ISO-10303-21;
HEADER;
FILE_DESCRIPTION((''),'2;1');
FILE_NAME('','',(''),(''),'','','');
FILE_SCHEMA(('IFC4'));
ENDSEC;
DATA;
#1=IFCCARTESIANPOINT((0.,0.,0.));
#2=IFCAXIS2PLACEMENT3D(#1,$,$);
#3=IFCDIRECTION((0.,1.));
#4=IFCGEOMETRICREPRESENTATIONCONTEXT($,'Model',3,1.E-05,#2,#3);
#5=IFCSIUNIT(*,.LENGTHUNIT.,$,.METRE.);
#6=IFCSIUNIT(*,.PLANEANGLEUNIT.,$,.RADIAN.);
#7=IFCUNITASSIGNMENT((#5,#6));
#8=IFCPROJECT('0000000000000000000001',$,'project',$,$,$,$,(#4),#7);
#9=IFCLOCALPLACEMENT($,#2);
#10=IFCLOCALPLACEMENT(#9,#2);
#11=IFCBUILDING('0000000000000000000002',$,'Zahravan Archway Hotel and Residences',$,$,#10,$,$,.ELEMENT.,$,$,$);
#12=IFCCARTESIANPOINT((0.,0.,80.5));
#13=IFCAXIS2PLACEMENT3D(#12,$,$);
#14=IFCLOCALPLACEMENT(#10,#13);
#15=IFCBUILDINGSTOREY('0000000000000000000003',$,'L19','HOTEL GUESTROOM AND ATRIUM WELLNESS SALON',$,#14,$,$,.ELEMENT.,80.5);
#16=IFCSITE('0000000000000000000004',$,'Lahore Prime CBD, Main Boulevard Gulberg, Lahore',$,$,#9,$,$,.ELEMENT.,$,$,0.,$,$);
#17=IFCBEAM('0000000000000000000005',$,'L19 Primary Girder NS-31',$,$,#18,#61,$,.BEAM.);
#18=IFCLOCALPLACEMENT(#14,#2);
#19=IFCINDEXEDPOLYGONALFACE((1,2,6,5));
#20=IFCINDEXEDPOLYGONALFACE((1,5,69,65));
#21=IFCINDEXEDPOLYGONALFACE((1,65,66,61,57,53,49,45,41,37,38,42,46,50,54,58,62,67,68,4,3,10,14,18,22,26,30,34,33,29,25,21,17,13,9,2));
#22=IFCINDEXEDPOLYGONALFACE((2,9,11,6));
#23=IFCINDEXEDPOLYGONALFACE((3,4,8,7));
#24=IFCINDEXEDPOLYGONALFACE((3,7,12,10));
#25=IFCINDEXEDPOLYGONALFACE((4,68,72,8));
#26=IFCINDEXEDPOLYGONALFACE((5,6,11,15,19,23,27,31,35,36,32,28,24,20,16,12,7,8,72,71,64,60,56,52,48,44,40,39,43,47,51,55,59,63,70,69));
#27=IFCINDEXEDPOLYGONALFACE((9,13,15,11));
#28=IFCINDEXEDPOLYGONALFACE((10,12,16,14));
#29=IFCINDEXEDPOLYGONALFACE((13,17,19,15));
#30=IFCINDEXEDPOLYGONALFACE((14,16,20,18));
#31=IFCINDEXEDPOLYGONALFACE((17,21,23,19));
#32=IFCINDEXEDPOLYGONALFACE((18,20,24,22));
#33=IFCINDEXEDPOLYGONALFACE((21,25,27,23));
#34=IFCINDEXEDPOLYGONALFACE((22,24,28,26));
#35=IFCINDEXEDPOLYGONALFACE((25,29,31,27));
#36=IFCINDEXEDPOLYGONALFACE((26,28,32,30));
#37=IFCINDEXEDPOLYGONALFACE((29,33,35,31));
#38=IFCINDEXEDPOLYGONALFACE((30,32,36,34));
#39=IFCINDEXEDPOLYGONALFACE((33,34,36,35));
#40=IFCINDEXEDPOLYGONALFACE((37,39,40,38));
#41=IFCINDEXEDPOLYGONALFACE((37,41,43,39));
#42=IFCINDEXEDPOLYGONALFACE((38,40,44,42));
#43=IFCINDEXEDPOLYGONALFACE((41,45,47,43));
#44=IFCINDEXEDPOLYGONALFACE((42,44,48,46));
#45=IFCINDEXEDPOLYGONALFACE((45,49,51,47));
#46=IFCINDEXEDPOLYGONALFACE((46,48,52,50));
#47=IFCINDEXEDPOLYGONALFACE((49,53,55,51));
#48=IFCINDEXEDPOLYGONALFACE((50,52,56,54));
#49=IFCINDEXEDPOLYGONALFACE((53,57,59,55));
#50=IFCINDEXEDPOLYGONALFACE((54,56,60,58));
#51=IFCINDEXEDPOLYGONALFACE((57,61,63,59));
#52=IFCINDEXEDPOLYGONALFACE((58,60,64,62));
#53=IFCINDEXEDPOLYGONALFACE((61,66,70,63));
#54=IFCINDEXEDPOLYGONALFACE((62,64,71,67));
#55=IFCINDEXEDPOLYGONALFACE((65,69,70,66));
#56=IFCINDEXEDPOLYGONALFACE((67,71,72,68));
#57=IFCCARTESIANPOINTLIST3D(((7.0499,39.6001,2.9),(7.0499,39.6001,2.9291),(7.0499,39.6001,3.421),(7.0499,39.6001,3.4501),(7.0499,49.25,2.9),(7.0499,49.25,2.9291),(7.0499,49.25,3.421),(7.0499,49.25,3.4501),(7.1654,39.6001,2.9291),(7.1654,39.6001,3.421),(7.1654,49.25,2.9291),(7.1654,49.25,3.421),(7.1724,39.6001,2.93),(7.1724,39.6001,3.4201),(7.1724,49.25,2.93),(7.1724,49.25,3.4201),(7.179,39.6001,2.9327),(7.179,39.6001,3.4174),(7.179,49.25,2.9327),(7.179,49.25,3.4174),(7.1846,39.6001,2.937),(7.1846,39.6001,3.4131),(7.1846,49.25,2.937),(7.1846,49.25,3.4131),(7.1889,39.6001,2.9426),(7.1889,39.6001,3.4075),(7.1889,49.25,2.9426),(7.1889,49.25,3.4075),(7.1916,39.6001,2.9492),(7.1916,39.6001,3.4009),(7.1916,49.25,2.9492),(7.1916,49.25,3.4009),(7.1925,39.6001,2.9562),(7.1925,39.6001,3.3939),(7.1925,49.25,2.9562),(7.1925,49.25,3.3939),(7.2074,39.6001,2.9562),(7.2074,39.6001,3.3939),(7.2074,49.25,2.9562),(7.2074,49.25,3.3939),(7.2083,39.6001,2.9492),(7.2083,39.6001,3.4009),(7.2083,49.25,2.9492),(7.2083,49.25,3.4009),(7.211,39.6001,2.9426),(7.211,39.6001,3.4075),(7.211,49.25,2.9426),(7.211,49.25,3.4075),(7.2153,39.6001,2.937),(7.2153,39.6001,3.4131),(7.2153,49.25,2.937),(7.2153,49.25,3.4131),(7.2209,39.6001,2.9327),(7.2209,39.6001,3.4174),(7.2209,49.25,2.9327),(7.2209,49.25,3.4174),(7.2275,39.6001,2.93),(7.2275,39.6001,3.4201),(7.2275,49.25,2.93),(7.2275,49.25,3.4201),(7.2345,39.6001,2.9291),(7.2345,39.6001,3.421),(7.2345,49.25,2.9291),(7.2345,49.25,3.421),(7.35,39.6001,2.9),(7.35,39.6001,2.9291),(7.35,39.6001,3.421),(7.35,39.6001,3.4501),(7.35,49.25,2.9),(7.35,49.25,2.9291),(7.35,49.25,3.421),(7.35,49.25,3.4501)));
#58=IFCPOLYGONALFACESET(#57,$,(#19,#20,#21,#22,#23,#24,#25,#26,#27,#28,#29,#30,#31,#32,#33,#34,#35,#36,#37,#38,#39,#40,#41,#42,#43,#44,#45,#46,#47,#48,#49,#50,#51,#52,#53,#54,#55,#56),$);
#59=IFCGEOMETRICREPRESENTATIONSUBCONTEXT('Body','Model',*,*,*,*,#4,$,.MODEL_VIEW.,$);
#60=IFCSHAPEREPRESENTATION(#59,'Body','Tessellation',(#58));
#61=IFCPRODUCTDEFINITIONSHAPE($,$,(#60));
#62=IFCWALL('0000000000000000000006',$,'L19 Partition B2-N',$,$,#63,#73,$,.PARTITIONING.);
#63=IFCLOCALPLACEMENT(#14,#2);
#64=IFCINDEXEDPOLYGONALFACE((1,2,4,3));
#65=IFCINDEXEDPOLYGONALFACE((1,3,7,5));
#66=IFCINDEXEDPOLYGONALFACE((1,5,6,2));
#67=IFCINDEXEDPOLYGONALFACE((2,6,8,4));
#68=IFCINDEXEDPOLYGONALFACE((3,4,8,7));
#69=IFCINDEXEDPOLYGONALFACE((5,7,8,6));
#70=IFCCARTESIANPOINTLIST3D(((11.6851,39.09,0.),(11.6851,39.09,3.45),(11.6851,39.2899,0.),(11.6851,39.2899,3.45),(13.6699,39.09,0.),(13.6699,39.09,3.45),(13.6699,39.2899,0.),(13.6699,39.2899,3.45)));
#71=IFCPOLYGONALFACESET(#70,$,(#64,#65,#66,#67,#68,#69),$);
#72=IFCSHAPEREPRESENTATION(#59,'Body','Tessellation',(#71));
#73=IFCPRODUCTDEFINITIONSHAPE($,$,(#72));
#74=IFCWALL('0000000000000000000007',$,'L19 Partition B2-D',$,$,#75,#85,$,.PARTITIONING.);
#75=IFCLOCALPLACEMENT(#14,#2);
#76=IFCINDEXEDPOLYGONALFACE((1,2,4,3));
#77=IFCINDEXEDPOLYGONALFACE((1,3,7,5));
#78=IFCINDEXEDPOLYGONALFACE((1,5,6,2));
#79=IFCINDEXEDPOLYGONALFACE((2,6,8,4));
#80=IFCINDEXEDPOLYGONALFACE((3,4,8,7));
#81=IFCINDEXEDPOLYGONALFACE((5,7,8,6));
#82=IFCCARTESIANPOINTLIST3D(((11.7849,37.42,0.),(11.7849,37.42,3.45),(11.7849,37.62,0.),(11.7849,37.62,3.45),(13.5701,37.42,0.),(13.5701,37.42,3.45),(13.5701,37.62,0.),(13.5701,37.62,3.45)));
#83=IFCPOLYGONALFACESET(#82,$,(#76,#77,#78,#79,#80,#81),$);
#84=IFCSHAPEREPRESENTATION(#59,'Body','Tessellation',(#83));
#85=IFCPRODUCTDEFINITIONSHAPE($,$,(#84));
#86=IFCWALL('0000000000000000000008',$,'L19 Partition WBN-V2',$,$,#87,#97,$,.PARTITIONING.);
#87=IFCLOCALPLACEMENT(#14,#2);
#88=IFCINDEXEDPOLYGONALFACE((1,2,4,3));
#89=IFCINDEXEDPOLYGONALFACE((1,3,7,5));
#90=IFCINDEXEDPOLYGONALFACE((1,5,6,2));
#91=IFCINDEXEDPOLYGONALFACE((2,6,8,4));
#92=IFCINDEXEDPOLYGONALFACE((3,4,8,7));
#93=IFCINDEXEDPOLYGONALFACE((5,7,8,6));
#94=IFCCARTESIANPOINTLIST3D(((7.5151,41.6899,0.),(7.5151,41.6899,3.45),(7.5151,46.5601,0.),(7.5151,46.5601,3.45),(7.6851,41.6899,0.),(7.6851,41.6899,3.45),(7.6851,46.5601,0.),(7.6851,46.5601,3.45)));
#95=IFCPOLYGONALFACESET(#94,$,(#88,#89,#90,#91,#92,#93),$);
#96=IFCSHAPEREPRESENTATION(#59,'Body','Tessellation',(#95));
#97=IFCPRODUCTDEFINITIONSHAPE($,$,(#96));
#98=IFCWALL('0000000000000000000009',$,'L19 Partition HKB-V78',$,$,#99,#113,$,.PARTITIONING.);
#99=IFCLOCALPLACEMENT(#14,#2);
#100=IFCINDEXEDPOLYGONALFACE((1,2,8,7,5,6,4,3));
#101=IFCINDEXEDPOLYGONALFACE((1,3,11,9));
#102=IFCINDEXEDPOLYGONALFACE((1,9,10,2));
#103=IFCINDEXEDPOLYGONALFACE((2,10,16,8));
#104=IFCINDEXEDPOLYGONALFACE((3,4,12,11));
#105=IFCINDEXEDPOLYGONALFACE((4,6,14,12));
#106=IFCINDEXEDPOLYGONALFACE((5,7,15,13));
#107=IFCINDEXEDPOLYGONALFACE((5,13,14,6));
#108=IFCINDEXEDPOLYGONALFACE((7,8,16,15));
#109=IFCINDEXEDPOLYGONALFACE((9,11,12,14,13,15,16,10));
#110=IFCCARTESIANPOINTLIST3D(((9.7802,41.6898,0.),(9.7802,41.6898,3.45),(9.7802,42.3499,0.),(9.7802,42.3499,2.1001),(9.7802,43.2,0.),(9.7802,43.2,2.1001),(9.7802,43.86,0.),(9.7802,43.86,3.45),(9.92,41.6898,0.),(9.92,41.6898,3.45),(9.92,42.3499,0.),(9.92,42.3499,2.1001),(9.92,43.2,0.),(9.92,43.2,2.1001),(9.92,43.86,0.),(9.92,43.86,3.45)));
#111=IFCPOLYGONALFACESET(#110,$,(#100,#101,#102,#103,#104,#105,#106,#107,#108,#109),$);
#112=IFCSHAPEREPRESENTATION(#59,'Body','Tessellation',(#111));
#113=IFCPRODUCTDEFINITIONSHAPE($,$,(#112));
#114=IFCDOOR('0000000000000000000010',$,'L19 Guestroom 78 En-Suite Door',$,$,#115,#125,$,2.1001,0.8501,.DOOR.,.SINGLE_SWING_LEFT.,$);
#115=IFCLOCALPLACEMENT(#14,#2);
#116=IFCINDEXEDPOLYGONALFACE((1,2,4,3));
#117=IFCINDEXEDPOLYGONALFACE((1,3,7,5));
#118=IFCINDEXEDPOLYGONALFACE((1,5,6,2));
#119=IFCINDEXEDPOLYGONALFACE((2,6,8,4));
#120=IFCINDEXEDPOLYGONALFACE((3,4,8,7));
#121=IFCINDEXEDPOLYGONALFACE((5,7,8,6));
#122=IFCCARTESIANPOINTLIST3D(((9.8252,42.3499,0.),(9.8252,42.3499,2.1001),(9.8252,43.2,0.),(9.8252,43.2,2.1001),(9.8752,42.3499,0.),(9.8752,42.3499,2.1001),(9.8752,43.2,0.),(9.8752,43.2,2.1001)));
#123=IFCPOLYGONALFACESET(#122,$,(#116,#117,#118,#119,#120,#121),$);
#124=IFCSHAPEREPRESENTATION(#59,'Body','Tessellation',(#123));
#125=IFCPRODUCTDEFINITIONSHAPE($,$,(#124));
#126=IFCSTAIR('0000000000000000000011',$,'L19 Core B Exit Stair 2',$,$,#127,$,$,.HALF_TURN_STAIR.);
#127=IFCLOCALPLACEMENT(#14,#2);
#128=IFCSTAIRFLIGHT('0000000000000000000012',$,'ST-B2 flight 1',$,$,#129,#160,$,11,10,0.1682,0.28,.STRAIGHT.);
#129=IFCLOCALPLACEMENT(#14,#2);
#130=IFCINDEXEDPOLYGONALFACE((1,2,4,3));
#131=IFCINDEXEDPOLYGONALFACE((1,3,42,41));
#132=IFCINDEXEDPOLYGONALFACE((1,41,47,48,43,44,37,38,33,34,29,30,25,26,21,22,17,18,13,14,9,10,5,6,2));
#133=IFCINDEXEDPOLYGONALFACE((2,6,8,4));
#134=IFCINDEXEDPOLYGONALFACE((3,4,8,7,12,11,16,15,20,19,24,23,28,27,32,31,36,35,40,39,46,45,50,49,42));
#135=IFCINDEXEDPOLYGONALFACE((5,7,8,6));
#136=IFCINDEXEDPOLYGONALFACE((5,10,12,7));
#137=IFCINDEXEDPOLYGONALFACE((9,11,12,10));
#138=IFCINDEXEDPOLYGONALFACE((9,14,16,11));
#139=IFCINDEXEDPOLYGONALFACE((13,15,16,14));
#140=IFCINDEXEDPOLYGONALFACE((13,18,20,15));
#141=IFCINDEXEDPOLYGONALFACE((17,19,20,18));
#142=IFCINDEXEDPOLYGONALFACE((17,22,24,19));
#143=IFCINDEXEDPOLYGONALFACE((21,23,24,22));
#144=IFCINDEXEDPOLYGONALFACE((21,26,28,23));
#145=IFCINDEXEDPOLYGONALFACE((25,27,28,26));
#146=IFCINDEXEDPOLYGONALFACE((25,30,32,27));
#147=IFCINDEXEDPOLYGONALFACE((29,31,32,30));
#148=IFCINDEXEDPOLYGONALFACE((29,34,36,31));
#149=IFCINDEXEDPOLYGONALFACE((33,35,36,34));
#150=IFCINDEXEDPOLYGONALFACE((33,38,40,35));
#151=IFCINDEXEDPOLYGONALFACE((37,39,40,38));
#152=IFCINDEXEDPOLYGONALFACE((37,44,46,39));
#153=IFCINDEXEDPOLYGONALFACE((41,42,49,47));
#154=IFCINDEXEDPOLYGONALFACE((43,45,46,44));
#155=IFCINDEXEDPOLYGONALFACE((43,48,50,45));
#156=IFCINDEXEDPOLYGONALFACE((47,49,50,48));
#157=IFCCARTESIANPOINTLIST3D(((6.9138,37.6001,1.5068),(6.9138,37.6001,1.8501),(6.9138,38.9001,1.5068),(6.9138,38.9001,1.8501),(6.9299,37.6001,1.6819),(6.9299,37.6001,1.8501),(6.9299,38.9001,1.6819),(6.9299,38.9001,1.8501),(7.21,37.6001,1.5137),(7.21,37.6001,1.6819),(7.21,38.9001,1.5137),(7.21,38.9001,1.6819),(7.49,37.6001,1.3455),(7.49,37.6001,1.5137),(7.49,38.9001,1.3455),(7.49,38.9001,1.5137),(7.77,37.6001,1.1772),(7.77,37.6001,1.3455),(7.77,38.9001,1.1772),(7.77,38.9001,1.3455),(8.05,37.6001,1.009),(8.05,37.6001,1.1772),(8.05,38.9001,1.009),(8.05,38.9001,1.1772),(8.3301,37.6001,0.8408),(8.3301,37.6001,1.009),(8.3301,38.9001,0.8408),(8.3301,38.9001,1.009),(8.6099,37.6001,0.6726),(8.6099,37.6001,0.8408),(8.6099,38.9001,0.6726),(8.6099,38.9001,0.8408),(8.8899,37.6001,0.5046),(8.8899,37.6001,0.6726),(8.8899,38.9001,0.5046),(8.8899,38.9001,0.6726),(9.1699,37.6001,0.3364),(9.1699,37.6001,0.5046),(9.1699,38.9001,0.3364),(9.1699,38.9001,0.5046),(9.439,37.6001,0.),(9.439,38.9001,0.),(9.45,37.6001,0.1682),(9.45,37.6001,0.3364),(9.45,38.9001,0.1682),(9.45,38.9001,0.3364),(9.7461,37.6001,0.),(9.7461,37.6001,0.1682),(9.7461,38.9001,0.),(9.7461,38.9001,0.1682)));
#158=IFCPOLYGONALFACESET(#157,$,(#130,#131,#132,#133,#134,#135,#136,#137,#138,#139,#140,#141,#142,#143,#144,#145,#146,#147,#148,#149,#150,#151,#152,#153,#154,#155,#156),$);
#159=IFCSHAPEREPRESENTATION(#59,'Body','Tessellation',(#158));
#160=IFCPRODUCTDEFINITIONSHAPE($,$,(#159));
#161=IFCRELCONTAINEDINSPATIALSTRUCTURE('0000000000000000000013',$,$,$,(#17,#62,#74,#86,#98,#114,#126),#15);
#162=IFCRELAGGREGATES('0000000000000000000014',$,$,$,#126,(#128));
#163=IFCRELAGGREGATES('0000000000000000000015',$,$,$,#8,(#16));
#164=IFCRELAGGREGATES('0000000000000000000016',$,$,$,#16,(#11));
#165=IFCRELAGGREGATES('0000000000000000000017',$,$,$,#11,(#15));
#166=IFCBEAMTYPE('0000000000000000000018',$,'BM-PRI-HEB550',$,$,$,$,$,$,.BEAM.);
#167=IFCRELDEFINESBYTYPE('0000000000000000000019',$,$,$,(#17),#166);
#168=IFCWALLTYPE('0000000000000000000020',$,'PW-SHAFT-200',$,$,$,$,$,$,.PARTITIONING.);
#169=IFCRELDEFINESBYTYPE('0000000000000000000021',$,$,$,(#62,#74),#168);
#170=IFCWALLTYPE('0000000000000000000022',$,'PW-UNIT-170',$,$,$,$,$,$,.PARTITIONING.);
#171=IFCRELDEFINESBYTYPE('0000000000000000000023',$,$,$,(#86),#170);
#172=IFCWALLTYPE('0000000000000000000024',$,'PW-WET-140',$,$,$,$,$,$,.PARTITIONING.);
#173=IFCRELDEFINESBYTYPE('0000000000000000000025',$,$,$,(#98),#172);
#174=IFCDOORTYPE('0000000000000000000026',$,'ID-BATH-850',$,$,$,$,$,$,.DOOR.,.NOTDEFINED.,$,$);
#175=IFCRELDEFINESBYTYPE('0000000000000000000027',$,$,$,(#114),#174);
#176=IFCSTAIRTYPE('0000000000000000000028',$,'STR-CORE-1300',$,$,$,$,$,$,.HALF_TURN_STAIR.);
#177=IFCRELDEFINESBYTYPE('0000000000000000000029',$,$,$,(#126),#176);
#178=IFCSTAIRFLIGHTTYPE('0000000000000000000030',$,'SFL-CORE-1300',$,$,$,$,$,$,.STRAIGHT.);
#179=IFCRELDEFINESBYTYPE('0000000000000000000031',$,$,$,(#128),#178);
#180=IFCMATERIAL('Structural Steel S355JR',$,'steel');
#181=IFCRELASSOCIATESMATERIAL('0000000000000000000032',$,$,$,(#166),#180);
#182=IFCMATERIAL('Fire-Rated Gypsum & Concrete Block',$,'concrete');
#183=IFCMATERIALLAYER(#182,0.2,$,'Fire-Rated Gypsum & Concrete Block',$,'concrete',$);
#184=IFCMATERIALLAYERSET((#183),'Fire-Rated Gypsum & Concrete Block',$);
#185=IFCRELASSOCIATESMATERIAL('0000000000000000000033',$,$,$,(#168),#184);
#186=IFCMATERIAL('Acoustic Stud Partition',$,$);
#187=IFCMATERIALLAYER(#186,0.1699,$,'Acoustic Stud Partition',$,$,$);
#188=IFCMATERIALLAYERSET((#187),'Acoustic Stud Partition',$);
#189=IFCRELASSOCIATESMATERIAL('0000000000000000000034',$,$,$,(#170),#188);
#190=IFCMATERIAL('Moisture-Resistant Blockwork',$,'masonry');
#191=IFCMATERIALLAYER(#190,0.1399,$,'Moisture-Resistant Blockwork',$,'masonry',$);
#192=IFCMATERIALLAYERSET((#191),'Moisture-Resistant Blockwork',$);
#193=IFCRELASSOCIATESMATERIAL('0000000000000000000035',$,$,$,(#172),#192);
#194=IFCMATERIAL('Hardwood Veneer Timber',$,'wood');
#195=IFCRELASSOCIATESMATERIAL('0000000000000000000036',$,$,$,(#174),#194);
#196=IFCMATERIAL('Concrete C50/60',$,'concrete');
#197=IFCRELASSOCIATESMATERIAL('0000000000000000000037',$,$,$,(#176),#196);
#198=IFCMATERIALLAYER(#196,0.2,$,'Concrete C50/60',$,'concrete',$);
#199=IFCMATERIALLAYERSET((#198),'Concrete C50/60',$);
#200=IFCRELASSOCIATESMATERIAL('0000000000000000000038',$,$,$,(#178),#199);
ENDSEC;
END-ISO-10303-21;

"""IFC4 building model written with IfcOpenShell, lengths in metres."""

from ifc_helpers import new_model, si_unit, direction, frame, frame_2d, origin, origin_2d, place, context, subcontext, project, spatial, polyline, rectangle, i_section, outline, extrude, source, transform, mapped, material, layer, layer_set, material_profile, profile_set, type_object, type_shapes, element, fill, aggregate, save


model = new_model("IFC4")

# Units and contexts
model_context = context("Model", 3, precision=1e-05, world=origin(), true_north=direction((0.0, 1.0)))
body_context = subcontext(model_context, "Body", "Model", "MODEL_VIEW")
ifc_project = project(units=[si_unit("LENGTHUNIT", "METRE"), si_unit("PLANEANGLEUNIT", "RADIAN")], contexts=[model_context])

# Site, building, storey
site_placement = place(None, origin())
site = spatial("IfcSite", under=ifc_project, at=site_placement, Name="Lahore Prime CBD, Main Boulevard Gulberg, Lahore", CompositionType="ELEMENT", RefElevation=0.0)
building_placement = place(site_placement, origin())
building = spatial("IfcBuilding", under=site, at=building_placement, Name="Zahravan Archway Hotel and Residences", CompositionType="ELEMENT")
storey_placement = place(building_placement, frame((0.0, 0.0, 80.5)))
storey = spatial("IfcBuildingStorey", under=building, at=storey_placement, Name="L19", Description="HOTEL GUESTROOM AND ATRIUM WELLNESS SALON", CompositionType="ELEMENT", Elevation=80.5)

# Beam
ifc_material_1 = material(Name="Structural Steel S355JR", Category="steel")
ifc_material_profile_1 = material_profile(ifc_material_1, i_section(OverallWidth=0.3, OverallDepth=0.55, WebThickness=0.0149, FlangeThickness=0.0291, FilletRadius=0.0271, at=origin_2d()), Name="HEB 550", Category="steel")
ifc_profile_set_1 = profile_set([ifc_material_profile_1], Name="Structural Steel S355JR")
beam_type_1 = type_object("IfcBeamType", Name="BM-PRI-HEB550", PredefinedType="BEAM", material=ifc_profile_set_1)
shared_shape_1 = source(origin(), body_context, "Body", "SweptSolid", [
    extrude(i_section(OverallWidth=0.3, OverallDepth=0.55, WebThickness=0.0149, FlangeThickness=0.0291, FilletRadius=0.0271, at=origin_2d()), origin(), (0.0, 0.0, 1.0), 9.6499),
])
beam_1_placement = place(storey_placement, frame((7.2, 39.6001, 3.175), z_axis=(0.0, 1.0, 0.0), x_axis=(-1.0, 0.0, 0.0)))
element("IfcBeam", 1, at=beam_1_placement, inside=storey, type_object=beam_type_1, Name="L19 Primary Girder NS-31", PredefinedType="BEAM", context=body_context, shape_type="MappedRepresentation", body=[
    mapped(shared_shape_1, transform((0.0, 0.0, 0.0), scale=1.0)),
])

# Walls
ifc_material_2 = material(Name="Fire-Rated Gypsum & Concrete Block", Category="concrete")
ifc_layer_1 = layer(ifc_material_2, 0.2, Name="Fire-Rated Gypsum & Concrete Block", Category="concrete")
ifc_layer_set_1 = layer_set([ifc_layer_1], Name="Fire-Rated Gypsum & Concrete Block")
wall_type_1 = type_object("IfcWallType", Name="PW-SHAFT-200", PredefinedType="PARTITIONING", material=ifc_layer_set_1)
wall_1_placement = place(storey_placement, frame((11.6851, 39.1899, 0.0), z_axis=(0.0, 0.0, 1.0), x_axis=(1.0, 0.0, 0.0)))
element("IfcWall", 2, at=wall_1_placement, inside=storey, type_object=wall_type_1, Name="L19 Partition B2-N", PredefinedType="PARTITIONING", context=body_context, shape_type="SweptSolid", body=[
    extrude(rectangle(XDim=1.9849, YDim=0.2, at=frame_2d((0.9924, 0.0))), origin(), (0.0, 0.0, 1.0), 3.45),
])
wall_2_placement = place(storey_placement, frame((11.7849, 37.52, 0.0), z_axis=(0.0, 0.0, 1.0), x_axis=(1.0, 0.0, 0.0)))
element("IfcWall", 3, at=wall_2_placement, inside=storey, type_object=wall_type_1, Name="L19 Partition B2-D", PredefinedType="PARTITIONING", context=body_context, shape_type="SweptSolid", body=[
    extrude(rectangle(XDim=1.7852, YDim=0.2, at=frame_2d((0.8926, 0.0))), origin(), (0.0, 0.0, 1.0), 3.45),
])
ifc_material_3 = material(Name="Acoustic Stud Partition")
ifc_layer_2 = layer(ifc_material_3, 0.1699, Name="Acoustic Stud Partition")
ifc_layer_set_2 = layer_set([ifc_layer_2], Name="Acoustic Stud Partition")
wall_type_2 = type_object("IfcWallType", Name="PW-UNIT-170", PredefinedType="PARTITIONING", material=ifc_layer_set_2)
wall_3_placement = place(storey_placement, frame((7.6001, 41.6899, 0.0), z_axis=(0.0, 0.0, 1.0), x_axis=(0.0, 1.0, 0.0)))
element("IfcWall", 4, at=wall_3_placement, inside=storey, type_object=wall_type_2, Name="L19 Partition WBN-V2", PredefinedType="PARTITIONING", context=body_context, shape_type="SweptSolid", body=[
    extrude(rectangle(XDim=4.8701, YDim=0.1699, at=frame_2d((2.4351, 0.0))), origin(), (0.0, 0.0, 1.0), 3.45),
])
ifc_material_4 = material(Name="Moisture-Resistant Blockwork", Category="masonry")
ifc_layer_3 = layer(ifc_material_4, 0.1399, Name="Moisture-Resistant Blockwork", Category="masonry")
ifc_layer_set_3 = layer_set([ifc_layer_3], Name="Moisture-Resistant Blockwork")
wall_type_3 = type_object("IfcWallType", Name="PW-WET-140", PredefinedType="PARTITIONING", material=ifc_layer_set_3)

# Wall, opening, door
wall_4_placement = place(storey_placement, frame((9.8501, 41.6899, 0.0), z_axis=(0.0, 0.0, 1.0), x_axis=(0.0, 1.0, 0.0)))
wall_4 = element("IfcWall", 5, at=wall_4_placement, inside=storey, type_object=wall_type_3, Name="L19 Partition HKB-V78", PredefinedType="PARTITIONING", context=body_context, shape_type="SweptSolid", body=[
    extrude(rectangle(XDim=2.1702, YDim=0.1399, at=frame_2d((1.085, 0.0))), origin(), (0.0, 0.0, 1.0), 3.45),
])
opening_placement = place(wall_4_placement, frame((0.6599, 0.0, 0.0)))
opening = element("IfcOpeningElement", 6, at=opening_placement, cuts=wall_4, PredefinedType="OPENING", context=body_context, shape_type="SweptSolid", body=[
    extrude(rectangle(XDim=0.8501, YDim=2.1001, at=frame_2d((0.425, 1.05))), frame((0.0, 0.0801, 0.0), z_axis=(0.0, -1.0, 0.0), x_axis=(1.0, 0.0, 0.0)), (0.0, 0.0, 1.0), 0.1599),
])
ifc_material_5 = material(Name="Hardwood Veneer Timber", Category="wood")
door_type = type_object("IfcDoorType", Name="ID-BATH-850", OperationType="NOTDEFINED", PredefinedType="DOOR", material=ifc_material_5)
shared_shape_2 = source(origin(), body_context, "Body", "SweptSolid", [
    extrude(rectangle(XDim=0.8501, YDim=2.1001, at=frame_2d((0.425, 1.05))), frame((0.0, 0.0249, 0.0), z_axis=(0.0, -1.0, 0.0), x_axis=(1.0, 0.0, 0.0)), (0.0, 0.0, 1.0), 0.05),
])
type_shapes(door_type, [shared_shape_2])
door_placement = place(opening_placement, origin())
door = element("IfcDoor", 7, at=door_placement, inside=storey, type_object=door_type, Name="L19 Guestroom 78 En-Suite Door", OperationType="SINGLE_SWING_LEFT", OverallHeight=2.1001, OverallWidth=0.8501, PredefinedType="DOOR", context=body_context, shape_type="MappedRepresentation", body=[
    mapped(shared_shape_2, transform((0.0, 0.0, 0.0), scale=1.0)),
])
fill(opening, door)

# Stair, stair flight
ifc_material_6 = material(Name="Concrete C50/60", Category="concrete")
stair_type = type_object("IfcStairType", Name="STR-CORE-1300", PredefinedType="HALF_TURN_STAIR", material=ifc_material_6)
stair_placement = place(storey_placement, origin())
stair = element("IfcStair", 8, at=stair_placement, inside=storey, type_object=stair_type, Name="L19 Core B Exit Stair 2", PredefinedType="HALF_TURN_STAIR")
ifc_layer_4 = layer(ifc_material_6, 0.2, Name="Concrete C50/60", Category="concrete")
ifc_layer_set_4 = layer_set([ifc_layer_4], Name="Concrete C50/60")
stair_flight_type = type_object("IfcStairFlightType", Name="SFL-CORE-1300", PredefinedType="STRAIGHT", material=ifc_layer_set_4)
shared_shape_3 = source(origin(), body_context, "Body", "SweptSolid", [
    extrude(outline(polyline([(-0.0161, 0.0), (-0.0161, 0.1682), (0.28, 0.1682), (0.28, 0.3364), (0.5601, 0.3364), (0.5601, 0.5046), (0.8401, 0.5046), (0.8401, 0.6726), (1.1201, 0.6726), (1.1201, 0.8408), (1.3999, 0.8408), (1.3999, 1.009), (1.6799, 1.009), (1.6799, 1.1772), (1.96, 1.1772), (1.96, 1.3455), (2.24, 1.3455), (2.24, 1.5137), (2.52, 1.5137), (2.52, 1.6819), (2.8, 1.6819), (2.8, 1.8501), (2.8162, 1.8501), (2.8162, 1.5068), (0.291, 0.0), (-0.0161, 0.0)])), frame((0.0, 0.6499, 0.0), z_axis=(0.0, -1.0, 0.0), x_axis=(1.0, 0.0, 0.0)), (0.0, 0.0, 1.0), 1.3),
])
stair_flight_placement = place(storey_placement, frame((9.73, 38.25, 0.0), z_axis=(0.0, 0.0, 1.0), x_axis=(-1.0, 0.0, 0.0)))
stair_flight = element("IfcStairFlight", 9, at=stair_flight_placement, type_object=stair_flight_type, Name="ST-B2 flight 1", NumberOfRisers=11, NumberOfTreads=10, PredefinedType="STRAIGHT", RiserHeight=0.1682, TreadLength=0.28, context=body_context, shape_type="MappedRepresentation", body=[
    mapped(shared_shape_3, transform((0.0, 0.0, 0.0), scale=1.0)),
])
aggregate(stair, [stair_flight])

save(model, "model.ifc")
